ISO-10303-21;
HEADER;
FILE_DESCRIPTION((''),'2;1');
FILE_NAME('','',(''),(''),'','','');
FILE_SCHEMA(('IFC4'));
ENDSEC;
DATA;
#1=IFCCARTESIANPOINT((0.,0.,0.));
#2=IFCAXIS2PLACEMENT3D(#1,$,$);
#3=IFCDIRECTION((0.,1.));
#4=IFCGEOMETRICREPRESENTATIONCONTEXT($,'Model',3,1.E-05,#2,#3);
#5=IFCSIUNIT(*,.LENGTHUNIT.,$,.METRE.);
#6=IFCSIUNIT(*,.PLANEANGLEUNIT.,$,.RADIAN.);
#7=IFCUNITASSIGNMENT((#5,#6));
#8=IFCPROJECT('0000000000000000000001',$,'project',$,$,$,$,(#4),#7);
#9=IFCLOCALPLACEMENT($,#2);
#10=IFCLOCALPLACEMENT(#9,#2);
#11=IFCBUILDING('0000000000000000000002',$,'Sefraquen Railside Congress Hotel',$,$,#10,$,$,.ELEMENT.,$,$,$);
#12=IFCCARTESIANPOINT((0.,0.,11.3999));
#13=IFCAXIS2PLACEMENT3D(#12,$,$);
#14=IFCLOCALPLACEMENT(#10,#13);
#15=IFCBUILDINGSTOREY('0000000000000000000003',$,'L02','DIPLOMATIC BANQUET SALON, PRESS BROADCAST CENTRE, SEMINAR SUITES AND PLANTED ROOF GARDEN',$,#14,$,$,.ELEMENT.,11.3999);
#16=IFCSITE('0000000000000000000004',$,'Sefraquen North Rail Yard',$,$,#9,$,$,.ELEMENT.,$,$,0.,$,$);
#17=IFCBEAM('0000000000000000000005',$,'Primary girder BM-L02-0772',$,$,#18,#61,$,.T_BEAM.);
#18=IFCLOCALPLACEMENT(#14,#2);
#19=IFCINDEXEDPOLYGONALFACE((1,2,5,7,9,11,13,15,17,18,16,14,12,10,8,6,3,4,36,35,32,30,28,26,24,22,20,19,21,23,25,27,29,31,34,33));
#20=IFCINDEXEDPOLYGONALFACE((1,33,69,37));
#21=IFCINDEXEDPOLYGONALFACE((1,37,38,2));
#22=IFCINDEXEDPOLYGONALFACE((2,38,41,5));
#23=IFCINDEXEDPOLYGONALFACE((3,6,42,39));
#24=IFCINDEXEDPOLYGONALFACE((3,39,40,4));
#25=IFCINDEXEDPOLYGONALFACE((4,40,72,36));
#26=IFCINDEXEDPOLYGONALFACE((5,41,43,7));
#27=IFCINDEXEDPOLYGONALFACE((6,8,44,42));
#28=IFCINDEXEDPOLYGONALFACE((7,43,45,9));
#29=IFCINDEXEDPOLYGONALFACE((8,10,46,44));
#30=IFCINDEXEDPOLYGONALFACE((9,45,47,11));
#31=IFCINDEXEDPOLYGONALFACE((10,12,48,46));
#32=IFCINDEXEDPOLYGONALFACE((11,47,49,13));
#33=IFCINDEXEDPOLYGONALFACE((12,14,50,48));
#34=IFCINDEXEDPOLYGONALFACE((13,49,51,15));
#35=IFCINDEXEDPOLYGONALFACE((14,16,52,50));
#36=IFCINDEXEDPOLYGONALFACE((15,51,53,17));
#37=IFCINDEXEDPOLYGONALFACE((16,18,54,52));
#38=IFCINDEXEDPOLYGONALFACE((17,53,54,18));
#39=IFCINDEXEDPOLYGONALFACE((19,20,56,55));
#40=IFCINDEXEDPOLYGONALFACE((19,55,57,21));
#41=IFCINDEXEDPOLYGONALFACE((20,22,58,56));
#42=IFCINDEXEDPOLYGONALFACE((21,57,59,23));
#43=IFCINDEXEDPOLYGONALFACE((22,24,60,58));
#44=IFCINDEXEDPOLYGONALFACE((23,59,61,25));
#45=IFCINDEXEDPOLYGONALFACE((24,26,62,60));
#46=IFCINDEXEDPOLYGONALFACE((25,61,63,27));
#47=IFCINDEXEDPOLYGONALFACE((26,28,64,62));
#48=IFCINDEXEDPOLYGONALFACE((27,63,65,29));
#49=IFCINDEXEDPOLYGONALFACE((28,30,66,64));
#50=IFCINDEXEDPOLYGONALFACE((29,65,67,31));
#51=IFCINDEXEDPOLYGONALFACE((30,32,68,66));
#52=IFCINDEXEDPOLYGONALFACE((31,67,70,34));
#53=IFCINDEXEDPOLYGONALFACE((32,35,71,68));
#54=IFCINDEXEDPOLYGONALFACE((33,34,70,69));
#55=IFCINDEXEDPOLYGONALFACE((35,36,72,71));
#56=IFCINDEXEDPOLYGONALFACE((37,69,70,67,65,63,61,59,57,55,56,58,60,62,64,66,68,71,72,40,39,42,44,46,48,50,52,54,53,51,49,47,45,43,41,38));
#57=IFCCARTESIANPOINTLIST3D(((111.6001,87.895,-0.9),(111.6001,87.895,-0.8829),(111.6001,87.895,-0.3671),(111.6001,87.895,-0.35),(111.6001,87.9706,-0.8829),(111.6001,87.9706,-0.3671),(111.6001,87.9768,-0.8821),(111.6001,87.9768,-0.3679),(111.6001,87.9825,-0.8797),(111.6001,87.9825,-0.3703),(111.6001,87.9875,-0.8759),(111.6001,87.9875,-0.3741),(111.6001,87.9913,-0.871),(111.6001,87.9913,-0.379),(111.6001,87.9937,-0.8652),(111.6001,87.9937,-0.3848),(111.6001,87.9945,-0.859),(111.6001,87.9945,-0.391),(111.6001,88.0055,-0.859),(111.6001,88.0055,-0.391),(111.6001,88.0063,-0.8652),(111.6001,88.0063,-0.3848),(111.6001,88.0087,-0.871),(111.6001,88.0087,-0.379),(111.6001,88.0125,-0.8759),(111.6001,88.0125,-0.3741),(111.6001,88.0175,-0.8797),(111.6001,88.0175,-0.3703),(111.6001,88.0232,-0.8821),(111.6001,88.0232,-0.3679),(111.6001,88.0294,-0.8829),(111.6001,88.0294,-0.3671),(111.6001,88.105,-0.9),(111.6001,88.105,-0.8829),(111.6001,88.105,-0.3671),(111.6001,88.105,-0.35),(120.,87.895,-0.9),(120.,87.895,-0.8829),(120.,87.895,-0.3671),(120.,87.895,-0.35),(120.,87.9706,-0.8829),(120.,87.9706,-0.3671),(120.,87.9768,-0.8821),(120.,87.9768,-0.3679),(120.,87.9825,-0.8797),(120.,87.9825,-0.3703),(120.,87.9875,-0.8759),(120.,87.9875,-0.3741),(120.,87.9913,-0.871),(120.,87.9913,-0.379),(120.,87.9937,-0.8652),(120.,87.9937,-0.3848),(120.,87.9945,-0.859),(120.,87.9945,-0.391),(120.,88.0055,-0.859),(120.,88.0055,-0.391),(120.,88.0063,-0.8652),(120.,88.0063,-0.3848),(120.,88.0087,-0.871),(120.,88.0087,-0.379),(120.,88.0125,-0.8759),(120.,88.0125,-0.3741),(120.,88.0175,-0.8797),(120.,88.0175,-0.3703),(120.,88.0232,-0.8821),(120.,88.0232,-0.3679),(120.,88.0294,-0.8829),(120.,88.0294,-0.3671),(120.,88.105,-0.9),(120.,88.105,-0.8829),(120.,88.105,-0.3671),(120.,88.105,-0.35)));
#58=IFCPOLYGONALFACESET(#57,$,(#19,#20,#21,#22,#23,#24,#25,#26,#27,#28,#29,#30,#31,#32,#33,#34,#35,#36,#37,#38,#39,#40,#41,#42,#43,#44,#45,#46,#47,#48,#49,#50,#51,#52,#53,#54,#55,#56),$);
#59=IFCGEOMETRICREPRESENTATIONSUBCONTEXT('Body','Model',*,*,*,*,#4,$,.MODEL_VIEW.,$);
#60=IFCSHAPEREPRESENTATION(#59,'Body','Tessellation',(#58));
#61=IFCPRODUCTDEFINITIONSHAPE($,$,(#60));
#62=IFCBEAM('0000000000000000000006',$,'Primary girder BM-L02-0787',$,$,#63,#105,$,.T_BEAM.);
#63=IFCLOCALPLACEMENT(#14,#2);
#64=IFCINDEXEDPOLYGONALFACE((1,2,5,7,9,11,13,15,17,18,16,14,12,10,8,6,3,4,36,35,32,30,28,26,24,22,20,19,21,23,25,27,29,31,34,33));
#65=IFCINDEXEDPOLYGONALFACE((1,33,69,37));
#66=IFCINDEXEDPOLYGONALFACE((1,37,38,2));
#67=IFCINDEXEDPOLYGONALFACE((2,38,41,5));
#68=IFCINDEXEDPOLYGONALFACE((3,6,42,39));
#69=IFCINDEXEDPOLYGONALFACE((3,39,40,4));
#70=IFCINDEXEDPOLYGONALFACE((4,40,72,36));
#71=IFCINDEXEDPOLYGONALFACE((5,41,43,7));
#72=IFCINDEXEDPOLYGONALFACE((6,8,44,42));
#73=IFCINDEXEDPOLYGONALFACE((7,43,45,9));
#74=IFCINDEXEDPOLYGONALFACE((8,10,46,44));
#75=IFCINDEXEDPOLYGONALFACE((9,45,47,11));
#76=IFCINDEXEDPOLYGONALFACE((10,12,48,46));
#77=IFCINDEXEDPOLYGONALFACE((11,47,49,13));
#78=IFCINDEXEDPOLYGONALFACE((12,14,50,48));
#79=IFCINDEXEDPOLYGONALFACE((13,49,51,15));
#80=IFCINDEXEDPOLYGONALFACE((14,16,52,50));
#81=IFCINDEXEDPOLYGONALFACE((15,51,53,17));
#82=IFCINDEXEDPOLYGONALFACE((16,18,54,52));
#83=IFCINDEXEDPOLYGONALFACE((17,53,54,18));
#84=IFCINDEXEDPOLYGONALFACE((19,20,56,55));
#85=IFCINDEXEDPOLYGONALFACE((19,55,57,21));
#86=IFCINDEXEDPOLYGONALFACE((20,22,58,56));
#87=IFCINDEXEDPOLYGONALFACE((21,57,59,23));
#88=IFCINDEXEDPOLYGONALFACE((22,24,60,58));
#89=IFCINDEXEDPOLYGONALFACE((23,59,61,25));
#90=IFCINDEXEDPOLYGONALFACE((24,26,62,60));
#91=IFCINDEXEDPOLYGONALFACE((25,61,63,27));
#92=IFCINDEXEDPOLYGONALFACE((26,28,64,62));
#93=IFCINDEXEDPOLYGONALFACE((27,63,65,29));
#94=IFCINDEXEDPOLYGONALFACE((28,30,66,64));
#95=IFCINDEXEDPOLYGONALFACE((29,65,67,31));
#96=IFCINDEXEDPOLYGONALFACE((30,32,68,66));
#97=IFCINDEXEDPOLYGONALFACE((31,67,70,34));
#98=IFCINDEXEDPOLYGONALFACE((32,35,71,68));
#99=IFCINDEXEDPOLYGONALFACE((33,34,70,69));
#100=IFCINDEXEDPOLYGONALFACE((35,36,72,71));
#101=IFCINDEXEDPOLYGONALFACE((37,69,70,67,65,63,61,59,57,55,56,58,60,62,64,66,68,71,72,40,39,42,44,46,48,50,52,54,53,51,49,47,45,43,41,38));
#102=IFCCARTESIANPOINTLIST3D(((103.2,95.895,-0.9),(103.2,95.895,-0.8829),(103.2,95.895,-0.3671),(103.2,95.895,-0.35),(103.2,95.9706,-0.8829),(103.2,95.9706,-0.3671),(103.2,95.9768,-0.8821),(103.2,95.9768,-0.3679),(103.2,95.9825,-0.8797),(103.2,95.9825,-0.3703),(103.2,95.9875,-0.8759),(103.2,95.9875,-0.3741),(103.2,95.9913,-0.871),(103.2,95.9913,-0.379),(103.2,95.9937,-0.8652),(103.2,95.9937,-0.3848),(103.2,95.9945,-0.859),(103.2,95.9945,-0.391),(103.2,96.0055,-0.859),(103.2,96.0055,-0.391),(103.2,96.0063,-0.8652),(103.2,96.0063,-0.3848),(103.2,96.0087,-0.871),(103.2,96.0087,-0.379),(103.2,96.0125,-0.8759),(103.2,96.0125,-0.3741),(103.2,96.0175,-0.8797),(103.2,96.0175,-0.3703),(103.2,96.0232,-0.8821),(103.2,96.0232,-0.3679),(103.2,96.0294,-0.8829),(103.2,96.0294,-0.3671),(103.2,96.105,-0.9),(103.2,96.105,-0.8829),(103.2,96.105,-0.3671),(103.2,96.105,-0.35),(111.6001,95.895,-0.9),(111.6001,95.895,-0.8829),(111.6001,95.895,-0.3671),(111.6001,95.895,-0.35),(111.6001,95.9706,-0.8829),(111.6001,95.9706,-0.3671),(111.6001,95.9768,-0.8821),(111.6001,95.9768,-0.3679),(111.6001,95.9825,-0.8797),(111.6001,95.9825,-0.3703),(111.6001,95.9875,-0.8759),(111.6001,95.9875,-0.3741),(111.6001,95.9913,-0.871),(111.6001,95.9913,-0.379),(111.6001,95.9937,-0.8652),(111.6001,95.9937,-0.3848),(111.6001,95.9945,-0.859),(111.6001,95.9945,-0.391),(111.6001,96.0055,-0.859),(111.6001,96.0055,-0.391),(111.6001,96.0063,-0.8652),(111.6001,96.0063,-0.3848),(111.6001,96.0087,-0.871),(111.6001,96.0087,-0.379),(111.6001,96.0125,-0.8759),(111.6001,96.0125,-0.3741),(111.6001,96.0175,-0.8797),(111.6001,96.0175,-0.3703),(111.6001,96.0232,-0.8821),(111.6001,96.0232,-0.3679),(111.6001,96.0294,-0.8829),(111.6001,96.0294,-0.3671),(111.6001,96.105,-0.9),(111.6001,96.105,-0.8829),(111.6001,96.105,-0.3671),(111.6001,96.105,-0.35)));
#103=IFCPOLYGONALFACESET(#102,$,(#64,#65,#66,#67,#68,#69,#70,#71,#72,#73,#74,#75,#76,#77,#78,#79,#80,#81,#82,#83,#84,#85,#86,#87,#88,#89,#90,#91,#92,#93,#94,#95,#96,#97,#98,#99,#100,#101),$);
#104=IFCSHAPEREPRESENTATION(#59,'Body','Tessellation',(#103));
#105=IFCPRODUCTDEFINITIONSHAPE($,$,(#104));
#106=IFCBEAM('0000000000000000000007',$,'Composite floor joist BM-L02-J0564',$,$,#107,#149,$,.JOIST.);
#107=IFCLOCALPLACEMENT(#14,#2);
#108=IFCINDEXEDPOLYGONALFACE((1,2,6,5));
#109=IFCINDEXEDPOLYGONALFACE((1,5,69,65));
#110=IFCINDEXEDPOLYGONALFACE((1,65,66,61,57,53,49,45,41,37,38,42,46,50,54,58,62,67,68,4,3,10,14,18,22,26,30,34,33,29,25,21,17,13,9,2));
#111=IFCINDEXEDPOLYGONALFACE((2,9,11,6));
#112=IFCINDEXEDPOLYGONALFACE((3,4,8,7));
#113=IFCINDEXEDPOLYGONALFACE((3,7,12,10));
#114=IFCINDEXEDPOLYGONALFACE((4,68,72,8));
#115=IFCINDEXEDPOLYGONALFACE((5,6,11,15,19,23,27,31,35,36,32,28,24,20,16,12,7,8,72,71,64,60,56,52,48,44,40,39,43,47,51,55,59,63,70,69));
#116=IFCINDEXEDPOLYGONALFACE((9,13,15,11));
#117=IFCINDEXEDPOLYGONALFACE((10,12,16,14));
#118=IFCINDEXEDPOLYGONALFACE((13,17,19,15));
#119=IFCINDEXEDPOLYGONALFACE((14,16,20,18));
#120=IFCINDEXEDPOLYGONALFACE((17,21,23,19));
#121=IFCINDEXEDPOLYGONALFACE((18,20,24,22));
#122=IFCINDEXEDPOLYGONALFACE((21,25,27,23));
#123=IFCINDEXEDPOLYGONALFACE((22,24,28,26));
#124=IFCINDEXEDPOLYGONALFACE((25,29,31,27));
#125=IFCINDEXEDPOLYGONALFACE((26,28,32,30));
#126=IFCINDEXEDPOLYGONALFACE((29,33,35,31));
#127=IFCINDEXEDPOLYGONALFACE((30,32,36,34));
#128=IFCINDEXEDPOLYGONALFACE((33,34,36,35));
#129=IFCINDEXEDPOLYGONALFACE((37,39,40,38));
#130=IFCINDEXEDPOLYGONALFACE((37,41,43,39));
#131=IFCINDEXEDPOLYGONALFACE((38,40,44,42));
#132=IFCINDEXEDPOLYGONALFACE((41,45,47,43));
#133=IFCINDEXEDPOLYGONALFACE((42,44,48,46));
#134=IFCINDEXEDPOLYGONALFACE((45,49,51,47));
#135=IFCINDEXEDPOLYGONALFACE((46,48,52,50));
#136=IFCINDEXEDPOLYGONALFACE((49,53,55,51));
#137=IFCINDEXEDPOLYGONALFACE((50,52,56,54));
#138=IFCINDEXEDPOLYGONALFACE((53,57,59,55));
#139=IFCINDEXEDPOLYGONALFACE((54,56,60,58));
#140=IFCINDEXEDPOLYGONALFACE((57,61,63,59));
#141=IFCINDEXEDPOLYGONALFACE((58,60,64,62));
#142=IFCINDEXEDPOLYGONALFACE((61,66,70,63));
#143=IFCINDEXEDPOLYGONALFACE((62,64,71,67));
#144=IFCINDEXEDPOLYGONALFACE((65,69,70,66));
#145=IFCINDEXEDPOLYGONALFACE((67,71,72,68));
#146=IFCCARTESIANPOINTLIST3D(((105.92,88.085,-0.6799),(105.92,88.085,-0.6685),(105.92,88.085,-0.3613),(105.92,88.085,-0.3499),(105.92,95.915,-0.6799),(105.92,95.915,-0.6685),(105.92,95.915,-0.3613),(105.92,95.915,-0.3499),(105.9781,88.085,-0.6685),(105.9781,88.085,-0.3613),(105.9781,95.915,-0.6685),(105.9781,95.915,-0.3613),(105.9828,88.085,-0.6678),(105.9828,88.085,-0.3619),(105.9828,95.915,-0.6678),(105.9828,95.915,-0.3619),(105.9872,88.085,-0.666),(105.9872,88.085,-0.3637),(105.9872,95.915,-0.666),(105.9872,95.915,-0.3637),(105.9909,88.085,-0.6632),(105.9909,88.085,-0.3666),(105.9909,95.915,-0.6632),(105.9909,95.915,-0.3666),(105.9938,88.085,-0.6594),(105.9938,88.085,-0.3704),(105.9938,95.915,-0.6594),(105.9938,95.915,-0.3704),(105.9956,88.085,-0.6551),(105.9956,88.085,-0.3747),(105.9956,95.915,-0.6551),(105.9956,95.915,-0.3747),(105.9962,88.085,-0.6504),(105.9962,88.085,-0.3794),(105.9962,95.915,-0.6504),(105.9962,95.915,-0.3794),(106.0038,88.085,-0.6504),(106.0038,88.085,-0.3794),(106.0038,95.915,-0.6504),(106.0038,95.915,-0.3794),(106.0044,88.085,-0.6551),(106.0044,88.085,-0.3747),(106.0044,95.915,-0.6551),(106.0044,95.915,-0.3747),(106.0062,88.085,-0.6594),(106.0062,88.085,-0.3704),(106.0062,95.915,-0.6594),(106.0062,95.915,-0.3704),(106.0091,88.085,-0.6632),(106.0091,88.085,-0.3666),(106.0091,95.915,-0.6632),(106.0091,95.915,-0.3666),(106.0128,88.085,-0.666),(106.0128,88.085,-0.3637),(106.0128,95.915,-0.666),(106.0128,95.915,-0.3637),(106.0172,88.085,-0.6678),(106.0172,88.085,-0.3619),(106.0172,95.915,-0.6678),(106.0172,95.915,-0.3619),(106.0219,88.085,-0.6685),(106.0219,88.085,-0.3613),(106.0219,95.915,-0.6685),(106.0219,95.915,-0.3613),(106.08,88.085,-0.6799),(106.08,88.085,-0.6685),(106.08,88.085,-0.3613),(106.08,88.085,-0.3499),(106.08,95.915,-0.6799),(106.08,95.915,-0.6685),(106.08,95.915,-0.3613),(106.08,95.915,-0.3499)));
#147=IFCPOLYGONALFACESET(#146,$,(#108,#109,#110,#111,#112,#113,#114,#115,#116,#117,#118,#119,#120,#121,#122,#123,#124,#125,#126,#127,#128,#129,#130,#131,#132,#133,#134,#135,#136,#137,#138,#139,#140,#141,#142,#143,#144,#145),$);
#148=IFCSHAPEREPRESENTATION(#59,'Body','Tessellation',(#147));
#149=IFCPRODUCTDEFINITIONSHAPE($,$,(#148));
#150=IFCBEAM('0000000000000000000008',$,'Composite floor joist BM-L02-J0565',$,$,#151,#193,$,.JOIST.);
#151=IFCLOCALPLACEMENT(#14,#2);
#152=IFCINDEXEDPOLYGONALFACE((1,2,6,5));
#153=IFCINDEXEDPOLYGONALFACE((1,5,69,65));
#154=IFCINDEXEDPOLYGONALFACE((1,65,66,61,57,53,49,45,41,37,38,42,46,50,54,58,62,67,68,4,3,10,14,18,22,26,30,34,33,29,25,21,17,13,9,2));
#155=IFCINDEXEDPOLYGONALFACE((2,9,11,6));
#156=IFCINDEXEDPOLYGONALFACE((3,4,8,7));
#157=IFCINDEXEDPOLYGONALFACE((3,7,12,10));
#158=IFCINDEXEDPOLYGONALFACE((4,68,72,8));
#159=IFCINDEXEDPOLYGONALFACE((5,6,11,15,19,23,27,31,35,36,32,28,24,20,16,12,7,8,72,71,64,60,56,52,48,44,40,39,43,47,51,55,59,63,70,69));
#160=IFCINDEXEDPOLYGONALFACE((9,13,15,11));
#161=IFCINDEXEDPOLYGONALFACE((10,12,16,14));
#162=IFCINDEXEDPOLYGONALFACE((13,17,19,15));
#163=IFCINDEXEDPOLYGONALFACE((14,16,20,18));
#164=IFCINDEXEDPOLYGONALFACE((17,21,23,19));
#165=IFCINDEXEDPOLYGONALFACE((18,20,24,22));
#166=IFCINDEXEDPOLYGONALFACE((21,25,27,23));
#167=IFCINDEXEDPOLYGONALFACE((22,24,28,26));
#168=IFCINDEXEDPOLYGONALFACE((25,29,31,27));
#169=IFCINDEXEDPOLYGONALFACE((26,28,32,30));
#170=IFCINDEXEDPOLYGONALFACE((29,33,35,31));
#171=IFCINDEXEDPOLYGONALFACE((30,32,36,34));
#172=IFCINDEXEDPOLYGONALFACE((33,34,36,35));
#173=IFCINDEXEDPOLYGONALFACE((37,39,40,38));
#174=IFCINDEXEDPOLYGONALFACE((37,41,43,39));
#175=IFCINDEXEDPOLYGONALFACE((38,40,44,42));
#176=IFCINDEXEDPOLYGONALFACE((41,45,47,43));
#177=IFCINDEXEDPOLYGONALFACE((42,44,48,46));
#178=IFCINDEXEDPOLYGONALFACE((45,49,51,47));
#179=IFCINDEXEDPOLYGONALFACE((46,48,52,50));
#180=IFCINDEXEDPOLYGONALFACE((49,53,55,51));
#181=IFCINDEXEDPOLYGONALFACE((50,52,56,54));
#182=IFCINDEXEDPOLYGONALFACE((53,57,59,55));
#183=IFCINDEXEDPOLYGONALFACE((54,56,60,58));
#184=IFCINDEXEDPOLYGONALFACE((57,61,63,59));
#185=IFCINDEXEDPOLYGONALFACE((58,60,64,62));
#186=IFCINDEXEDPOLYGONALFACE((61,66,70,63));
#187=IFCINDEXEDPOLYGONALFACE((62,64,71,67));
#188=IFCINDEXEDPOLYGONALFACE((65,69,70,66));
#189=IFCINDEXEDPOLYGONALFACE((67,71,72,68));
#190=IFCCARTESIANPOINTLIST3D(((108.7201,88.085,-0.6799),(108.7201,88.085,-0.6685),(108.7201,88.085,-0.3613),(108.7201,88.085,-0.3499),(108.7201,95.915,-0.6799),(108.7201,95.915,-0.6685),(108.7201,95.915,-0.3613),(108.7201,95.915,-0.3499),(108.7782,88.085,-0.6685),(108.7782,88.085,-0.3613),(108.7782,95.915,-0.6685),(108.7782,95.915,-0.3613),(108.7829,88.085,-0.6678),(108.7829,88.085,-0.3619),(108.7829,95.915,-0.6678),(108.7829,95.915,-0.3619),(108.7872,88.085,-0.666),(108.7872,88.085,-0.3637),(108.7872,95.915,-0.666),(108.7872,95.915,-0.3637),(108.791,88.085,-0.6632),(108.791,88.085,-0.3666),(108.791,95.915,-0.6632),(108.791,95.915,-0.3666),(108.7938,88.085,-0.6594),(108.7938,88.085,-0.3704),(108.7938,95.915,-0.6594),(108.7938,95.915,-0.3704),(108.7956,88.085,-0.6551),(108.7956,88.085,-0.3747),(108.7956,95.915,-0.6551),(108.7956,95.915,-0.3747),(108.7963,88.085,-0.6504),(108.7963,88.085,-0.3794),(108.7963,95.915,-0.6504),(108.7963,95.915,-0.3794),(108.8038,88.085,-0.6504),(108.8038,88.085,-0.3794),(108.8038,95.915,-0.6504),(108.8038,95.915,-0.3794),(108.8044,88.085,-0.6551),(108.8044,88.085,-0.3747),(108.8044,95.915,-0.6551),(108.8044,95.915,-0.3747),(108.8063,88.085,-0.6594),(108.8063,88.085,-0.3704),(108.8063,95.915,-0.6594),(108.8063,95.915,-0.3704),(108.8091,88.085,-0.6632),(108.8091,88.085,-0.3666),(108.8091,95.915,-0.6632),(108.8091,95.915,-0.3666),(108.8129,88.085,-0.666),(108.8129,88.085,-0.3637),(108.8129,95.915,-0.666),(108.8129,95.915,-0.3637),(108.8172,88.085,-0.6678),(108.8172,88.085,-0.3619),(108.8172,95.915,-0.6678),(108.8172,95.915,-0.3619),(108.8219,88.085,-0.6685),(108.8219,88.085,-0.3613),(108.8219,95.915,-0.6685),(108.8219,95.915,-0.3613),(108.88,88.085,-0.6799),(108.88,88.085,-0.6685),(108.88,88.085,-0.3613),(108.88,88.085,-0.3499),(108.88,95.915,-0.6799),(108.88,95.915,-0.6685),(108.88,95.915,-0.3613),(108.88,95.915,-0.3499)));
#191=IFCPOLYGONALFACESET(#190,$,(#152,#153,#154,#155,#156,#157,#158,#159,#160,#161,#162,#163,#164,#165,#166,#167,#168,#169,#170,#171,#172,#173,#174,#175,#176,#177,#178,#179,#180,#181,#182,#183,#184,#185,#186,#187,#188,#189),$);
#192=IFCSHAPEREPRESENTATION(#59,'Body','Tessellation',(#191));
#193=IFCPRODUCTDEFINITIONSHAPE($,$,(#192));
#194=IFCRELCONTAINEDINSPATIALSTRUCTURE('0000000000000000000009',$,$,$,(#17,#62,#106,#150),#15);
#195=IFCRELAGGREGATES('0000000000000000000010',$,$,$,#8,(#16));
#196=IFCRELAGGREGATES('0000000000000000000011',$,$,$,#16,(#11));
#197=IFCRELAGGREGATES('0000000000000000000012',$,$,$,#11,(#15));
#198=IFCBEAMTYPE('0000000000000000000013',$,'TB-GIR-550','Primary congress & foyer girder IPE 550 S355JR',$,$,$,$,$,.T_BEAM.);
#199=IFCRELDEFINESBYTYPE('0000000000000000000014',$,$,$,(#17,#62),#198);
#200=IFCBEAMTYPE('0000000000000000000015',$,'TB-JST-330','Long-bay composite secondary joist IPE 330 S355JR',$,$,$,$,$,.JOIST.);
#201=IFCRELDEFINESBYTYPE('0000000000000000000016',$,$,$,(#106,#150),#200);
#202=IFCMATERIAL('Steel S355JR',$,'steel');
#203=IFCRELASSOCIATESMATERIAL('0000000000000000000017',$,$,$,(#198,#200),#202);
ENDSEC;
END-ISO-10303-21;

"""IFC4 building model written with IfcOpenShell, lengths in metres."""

from ifc_helpers import new_model, si_unit, direction, frame, origin, origin_2d, place, context, subcontext, project, spatial, i_section, extrude, material, material_profile, profile_set, type_object, element, save


model = new_model("IFC4")

# Units and contexts
model_context = context("Model", 3, precision=1e-05, world=origin(), true_north=direction((0.0, 1.0)))
body_context = subcontext(model_context, "Body", "Model", "MODEL_VIEW")
ifc_project = project(units=[si_unit("LENGTHUNIT", "METRE"), si_unit("PLANEANGLEUNIT", "RADIAN")], contexts=[model_context])

# Site, building, storey
site_placement = place(None, origin())
site = spatial("IfcSite", under=ifc_project, at=site_placement, Name="Sefraquen North Rail Yard", CompositionType="ELEMENT", RefElevation=0.0)
building_placement = place(site_placement, origin())
building = spatial("IfcBuilding", under=site, at=building_placement, Name="Sefraquen Railside Congress Hotel", CompositionType="ELEMENT")
storey_placement = place(building_placement, frame((0.0, 0.0, 11.3999)))
storey = spatial("IfcBuildingStorey", under=building, at=storey_placement, Name="L02", Description="DIPLOMATIC BANQUET SALON, PRESS BROADCAST CENTRE, SEMINAR SUITES AND PLANTED ROOF GARDEN", CompositionType="ELEMENT", Elevation=11.3999)

# Shared definitions
ifc_material_1 = material(Name="Steel S355JR", Category="steel")

# Beams
ifc_material_profile_1 = material_profile(ifc_material_1, i_section(OverallWidth=0.21, OverallDepth=0.55, WebThickness=0.011, FlangeThickness=0.0171, FilletRadius=0.0239, at=origin_2d()), Name="IPE 550")
ifc_profile_set_1 = profile_set([ifc_material_profile_1], Name="Steel S355JR")
beam_type_1 = type_object("IfcBeamType", Name="TB-GIR-550", Description="Primary congress & foyer girder IPE 550 S355JR", PredefinedType="T_BEAM", material=ifc_profile_set_1)
beam_1_placement = place(storey_placement, frame((111.6001, 88.0, -0.625), z_axis=(1.0, 0.0, 0.0), x_axis=(0.0, 1.0, 0.0)))
element("IfcBeam", 1, at=beam_1_placement, inside=storey, type_object=beam_type_1, Name="Primary girder BM-L02-0772", PredefinedType="T_BEAM", context=body_context, shape_type="SweptSolid", body=[
    extrude(i_section(OverallWidth=0.21, OverallDepth=0.55, WebThickness=0.011, FlangeThickness=0.0171, FilletRadius=0.0239, at=origin_2d()), origin(), (0.0, 0.0, 1.0), 8.3999),
])
beam_2_placement = place(storey_placement, frame((103.2, 96.0, -0.625), z_axis=(1.0, 0.0, 0.0), x_axis=(0.0, 1.0, 0.0)))
element("IfcBeam", 2, at=beam_2_placement, inside=storey, type_object=beam_type_1, Name="Primary girder BM-L02-0787", PredefinedType="T_BEAM", context=body_context, shape_type="SweptSolid", body=[
    extrude(i_section(OverallWidth=0.21, OverallDepth=0.55, WebThickness=0.011, FlangeThickness=0.0171, FilletRadius=0.0239, at=origin_2d()), origin(), (0.0, 0.0, 1.0), 8.4001),
])
ifc_material_profile_2 = material_profile(ifc_material_1, i_section(OverallWidth=0.1599, OverallDepth=0.3301, WebThickness=0.0076, FlangeThickness=0.0115, FilletRadius=0.0181, at=origin_2d()), Name="IPE 330")
ifc_profile_set_2 = profile_set([ifc_material_profile_2], Name="Steel S355JR")
beam_type_2 = type_object("IfcBeamType", Name="TB-JST-330", Description="Long-bay composite secondary joist IPE 330 S355JR", PredefinedType="JOIST", material=ifc_profile_set_2)
for number, where, z_axis, x_axis, name in (
    (3, (106.0, 88.085, -0.5149), (0.0, 1.0, 0.0), (-1.0, 0.0, 0.0), "Composite floor joist BM-L02-J0564"),
    (4, (108.8, 88.085, -0.5149), (0.0, 1.0, 0.0), (-1.0, 0.0, 0.0), "Composite floor joist BM-L02-J0565"),
):
    element("IfcBeam", number, at=place(storey_placement, frame(where, z_axis=z_axis, x_axis=x_axis)), inside=storey, type_object=beam_type_2, Name=name, PredefinedType="JOIST", context=body_context, shape_type="SweptSolid", body=[
        extrude(i_section(OverallWidth=0.1599, OverallDepth=0.3301, WebThickness=0.0076, FlangeThickness=0.0115, FilletRadius=0.0181, at=origin_2d()), origin(), (0.0, 0.0, 1.0), 7.8301),
    ])

save(model, "model.ifc")
